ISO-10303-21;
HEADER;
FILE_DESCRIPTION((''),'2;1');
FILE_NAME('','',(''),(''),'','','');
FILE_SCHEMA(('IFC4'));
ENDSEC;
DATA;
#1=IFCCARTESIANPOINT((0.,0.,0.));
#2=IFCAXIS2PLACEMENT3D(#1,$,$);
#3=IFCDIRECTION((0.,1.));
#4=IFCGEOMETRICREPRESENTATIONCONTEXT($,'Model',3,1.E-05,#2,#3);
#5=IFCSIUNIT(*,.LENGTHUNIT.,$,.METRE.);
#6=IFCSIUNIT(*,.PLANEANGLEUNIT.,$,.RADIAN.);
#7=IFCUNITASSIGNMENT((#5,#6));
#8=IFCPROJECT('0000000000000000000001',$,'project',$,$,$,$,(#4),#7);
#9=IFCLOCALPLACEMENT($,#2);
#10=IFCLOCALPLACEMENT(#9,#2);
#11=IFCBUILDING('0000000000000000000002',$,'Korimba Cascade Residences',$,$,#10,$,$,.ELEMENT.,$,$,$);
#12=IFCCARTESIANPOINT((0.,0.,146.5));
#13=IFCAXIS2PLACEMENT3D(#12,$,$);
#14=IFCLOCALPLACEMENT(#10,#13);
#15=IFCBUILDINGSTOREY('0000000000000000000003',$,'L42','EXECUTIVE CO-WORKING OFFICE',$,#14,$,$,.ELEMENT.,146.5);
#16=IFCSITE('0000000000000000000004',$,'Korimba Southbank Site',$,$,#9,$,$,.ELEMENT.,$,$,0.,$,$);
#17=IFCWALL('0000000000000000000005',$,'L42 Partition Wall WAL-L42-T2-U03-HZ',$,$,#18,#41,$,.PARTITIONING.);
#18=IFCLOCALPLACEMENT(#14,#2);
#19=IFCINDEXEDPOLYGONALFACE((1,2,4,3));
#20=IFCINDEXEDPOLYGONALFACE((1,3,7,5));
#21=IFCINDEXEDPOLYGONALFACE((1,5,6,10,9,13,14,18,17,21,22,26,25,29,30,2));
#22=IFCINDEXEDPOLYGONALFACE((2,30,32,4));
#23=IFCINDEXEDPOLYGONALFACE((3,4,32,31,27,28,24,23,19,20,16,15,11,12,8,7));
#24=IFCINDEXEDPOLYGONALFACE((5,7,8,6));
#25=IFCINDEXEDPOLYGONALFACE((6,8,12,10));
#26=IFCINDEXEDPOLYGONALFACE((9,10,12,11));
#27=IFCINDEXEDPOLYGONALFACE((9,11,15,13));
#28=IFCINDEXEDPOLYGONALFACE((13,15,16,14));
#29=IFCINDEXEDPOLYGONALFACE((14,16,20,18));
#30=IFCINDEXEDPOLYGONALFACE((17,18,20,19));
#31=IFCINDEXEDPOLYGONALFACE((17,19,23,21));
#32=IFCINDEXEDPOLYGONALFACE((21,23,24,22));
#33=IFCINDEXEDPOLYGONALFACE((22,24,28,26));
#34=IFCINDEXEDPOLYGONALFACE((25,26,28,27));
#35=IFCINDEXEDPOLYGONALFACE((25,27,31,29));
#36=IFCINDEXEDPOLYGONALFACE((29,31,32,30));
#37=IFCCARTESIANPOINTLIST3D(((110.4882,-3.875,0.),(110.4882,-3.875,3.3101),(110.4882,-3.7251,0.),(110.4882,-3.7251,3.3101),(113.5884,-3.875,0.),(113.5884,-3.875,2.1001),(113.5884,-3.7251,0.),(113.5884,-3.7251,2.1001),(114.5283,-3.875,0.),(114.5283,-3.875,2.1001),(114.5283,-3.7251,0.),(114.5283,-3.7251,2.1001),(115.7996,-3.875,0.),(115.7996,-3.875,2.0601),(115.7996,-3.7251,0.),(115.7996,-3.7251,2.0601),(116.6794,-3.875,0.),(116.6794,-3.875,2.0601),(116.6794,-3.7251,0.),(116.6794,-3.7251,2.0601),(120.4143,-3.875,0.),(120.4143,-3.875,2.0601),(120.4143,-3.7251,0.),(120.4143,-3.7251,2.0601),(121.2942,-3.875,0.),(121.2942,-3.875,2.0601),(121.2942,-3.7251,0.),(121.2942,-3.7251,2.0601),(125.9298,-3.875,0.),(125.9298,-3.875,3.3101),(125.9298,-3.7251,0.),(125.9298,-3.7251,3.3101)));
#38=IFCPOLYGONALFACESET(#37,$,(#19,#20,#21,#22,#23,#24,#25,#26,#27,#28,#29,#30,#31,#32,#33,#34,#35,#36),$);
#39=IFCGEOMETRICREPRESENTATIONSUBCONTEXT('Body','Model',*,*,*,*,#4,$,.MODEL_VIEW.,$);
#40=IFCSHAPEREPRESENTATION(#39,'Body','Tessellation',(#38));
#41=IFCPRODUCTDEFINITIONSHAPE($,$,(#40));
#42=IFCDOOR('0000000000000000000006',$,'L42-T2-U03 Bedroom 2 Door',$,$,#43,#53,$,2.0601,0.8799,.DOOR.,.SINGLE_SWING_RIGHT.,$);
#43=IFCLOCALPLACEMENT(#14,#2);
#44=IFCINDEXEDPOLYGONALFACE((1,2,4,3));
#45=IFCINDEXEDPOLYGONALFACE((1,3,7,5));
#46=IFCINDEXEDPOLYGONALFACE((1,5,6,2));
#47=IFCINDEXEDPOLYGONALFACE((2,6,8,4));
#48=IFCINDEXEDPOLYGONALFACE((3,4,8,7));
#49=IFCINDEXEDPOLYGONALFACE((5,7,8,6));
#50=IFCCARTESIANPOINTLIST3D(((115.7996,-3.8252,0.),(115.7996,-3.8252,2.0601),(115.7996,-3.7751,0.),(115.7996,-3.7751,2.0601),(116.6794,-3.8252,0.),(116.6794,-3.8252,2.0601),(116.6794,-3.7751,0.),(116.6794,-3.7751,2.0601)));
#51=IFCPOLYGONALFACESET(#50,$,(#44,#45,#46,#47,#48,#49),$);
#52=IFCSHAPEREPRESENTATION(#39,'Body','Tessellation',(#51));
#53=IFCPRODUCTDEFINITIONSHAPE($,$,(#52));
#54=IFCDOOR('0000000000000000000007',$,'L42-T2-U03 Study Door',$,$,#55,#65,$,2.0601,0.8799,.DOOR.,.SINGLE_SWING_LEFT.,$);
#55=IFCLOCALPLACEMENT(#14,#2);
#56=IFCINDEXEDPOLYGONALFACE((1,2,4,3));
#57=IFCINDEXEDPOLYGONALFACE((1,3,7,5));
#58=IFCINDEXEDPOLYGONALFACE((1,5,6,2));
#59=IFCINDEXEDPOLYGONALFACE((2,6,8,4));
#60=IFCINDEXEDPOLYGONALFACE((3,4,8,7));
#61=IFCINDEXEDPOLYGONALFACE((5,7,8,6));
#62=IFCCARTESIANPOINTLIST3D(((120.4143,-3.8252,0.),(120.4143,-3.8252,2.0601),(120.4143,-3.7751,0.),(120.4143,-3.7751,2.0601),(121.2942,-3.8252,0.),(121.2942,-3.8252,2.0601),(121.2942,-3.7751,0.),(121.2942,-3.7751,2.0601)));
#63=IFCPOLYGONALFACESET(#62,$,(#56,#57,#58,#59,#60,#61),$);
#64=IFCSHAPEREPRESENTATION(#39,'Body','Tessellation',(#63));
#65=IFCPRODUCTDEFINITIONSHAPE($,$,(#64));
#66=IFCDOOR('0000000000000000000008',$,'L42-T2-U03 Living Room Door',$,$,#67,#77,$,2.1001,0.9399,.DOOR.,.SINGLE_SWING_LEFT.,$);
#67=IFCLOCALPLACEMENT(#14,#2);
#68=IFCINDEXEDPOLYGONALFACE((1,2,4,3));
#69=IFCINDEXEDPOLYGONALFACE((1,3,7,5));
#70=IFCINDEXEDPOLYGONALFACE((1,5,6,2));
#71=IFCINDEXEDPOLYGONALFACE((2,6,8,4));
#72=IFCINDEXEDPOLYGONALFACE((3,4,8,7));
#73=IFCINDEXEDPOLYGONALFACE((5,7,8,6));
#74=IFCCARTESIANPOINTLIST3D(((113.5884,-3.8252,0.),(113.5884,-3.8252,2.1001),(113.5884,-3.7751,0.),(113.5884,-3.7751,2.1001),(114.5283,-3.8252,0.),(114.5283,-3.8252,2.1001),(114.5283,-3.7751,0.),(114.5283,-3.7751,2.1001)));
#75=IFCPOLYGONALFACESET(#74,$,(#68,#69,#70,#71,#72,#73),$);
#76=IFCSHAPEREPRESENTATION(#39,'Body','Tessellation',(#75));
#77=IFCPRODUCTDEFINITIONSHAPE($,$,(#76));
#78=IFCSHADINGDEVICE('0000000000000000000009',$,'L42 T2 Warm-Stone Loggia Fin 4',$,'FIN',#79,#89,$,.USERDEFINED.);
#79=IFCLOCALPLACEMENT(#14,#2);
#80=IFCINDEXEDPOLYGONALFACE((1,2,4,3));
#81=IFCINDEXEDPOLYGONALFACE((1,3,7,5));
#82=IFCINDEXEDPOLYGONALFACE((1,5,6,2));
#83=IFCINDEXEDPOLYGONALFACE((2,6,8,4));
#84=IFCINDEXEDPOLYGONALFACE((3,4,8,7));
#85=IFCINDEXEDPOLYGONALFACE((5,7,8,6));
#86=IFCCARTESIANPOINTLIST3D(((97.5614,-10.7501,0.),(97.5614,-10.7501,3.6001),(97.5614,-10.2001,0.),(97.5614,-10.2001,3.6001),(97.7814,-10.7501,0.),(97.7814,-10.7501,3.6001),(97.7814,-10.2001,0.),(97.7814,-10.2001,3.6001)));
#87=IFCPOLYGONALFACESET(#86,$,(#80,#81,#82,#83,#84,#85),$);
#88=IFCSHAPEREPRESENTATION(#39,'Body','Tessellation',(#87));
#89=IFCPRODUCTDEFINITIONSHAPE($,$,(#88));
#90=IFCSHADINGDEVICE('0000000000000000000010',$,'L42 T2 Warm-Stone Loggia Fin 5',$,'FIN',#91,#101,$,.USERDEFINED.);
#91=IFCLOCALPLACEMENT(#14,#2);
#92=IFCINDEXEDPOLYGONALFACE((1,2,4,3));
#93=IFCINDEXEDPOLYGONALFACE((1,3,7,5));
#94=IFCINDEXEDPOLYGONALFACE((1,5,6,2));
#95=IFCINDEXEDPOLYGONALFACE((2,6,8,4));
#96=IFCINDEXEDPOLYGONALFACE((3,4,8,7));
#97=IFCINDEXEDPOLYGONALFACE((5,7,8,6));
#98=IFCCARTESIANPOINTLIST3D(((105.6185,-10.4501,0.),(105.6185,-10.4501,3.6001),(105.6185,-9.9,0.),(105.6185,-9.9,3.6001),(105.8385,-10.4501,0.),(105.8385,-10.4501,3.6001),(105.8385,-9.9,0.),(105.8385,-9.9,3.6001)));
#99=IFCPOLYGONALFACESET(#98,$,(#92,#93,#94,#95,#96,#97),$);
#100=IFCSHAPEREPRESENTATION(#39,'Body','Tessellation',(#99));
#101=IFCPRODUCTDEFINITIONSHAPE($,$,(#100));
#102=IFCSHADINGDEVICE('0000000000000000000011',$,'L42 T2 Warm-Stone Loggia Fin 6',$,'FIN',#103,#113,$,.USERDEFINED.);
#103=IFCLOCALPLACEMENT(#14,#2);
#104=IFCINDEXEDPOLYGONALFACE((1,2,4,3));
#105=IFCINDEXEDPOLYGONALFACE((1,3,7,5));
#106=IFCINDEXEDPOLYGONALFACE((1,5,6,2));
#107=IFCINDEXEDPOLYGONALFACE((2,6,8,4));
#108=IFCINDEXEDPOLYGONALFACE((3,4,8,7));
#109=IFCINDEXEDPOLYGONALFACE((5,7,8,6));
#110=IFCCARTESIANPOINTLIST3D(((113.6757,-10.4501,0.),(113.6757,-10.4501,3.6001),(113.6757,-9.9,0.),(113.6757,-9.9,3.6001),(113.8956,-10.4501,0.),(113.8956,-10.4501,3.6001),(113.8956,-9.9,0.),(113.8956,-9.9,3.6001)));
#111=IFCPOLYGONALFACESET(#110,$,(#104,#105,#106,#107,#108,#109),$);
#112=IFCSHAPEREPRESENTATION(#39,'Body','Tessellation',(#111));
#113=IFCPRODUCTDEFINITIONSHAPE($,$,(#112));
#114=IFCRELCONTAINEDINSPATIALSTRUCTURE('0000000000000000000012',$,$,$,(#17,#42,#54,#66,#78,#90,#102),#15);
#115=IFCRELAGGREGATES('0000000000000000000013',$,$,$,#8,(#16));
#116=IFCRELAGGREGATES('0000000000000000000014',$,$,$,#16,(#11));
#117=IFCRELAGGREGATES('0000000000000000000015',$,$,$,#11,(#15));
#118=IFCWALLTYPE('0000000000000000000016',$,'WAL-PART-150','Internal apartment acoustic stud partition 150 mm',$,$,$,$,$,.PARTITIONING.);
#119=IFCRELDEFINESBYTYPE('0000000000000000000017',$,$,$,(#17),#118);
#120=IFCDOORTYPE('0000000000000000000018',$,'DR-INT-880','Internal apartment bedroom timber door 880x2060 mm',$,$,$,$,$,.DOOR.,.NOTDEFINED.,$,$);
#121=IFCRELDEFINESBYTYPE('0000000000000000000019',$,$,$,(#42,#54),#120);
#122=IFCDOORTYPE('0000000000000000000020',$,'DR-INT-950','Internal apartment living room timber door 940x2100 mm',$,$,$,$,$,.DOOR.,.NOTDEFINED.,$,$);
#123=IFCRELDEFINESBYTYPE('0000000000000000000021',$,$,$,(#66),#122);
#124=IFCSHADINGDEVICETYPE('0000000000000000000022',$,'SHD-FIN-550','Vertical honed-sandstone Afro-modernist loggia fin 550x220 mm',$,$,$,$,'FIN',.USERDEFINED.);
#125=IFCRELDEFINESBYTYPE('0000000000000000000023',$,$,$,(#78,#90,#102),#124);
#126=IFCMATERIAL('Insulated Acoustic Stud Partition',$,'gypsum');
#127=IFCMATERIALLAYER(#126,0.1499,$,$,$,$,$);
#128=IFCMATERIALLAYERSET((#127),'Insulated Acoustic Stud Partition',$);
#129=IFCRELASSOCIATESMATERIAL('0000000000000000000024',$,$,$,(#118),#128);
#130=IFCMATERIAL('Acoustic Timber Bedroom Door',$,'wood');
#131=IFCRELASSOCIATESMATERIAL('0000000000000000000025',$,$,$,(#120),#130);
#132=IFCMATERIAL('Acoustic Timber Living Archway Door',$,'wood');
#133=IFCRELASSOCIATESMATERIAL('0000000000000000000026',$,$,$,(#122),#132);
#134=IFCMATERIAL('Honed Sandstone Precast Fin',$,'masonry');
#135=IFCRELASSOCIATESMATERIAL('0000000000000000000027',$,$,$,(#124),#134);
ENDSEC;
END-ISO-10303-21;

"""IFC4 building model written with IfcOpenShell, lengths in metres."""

from ifc_helpers import new_model, si_unit, direction, frame, frame_2d, origin, origin_2d, place, context, subcontext, project, spatial, rectangle, extrude, material, layer, layer_set, type_object, element, fill, save


model = new_model("IFC4")

# Units and contexts
model_context = context("Model", 3, precision=1e-05, world=origin(), true_north=direction((0.0, 1.0)))
body_context = subcontext(model_context, "Body", "Model", "MODEL_VIEW")
ifc_project = project(units=[si_unit("LENGTHUNIT", "METRE"), si_unit("PLANEANGLEUNIT", "RADIAN")], contexts=[model_context])

# Site, building, storey
site_placement = place(None, origin())
site = spatial("IfcSite", under=ifc_project, at=site_placement, Name="Korimba Southbank Site", CompositionType="ELEMENT", RefElevation=0.0)
building_placement = place(site_placement, origin())
building = spatial("IfcBuilding", under=site, at=building_placement, Name="Korimba Cascade Residences", CompositionType="ELEMENT")
storey_placement = place(building_placement, frame((0.0, 0.0, 146.5)))
storey = spatial("IfcBuildingStorey", under=building, at=storey_placement, Name="L42", Description="EXECUTIVE CO-WORKING OFFICE", CompositionType="ELEMENT", Elevation=146.5)

# Shared definitions
ifc_material_1 = material(Name="Insulated Acoustic Stud Partition", Category="gypsum")
ifc_layer_1 = layer(ifc_material_1, 0.1499)
ifc_layer_set_1 = layer_set([ifc_layer_1], Name="Insulated Acoustic Stud Partition")
wall_type_1 = type_object("IfcWallType", Name="WAL-PART-150", Description="Internal apartment acoustic stud partition 150 mm", PredefinedType="PARTITIONING", material=ifc_layer_set_1)
ifc_material_2 = material(Name="Acoustic Timber Bedroom Door", Category="wood")
door_type_1 = type_object("IfcDoorType", Name="DR-INT-880", Description="Internal apartment bedroom timber door 880x2060 mm", OperationType="NOTDEFINED", PredefinedType="DOOR", material=ifc_material_2)

# Wall, openings, doors
wall_1_placement = place(storey_placement, frame((110.4883, -3.8, 0.0), z_axis=(0.0, 0.0, 1.0), x_axis=(1.0, 0.0, 0.0)))
wall_1 = element("IfcWall", 1, at=wall_1_placement, inside=storey, type_object=wall_type_1, Name="L42 Partition Wall WAL-L42-T2-U03-HZ", PredefinedType="PARTITIONING", context=body_context, shape_type="SweptSolid", body=[
    extrude(rectangle(XDim=15.4417, YDim=0.1499, at=frame_2d((7.7207, 0.0))), origin(), (0.0, 0.0, 1.0), 3.3101),
])
opening_1_placement = place(wall_1_placement, frame((3.1001, 0.0, 0.0)))
opening_1 = element("IfcOpeningElement", 2, at=opening_1_placement, cuts=wall_1, PredefinedType="OPENING", context=body_context, shape_type="SweptSolid", body=[
    extrude(rectangle(XDim=0.9399, YDim=2.1001, at=frame_2d((0.47, 1.05))), frame((0.0, 0.085, 0.0), z_axis=(0.0, -1.0, 0.0), x_axis=(1.0, 0.0, 0.0)), (0.0, 0.0, 1.0), 0.1699),
])
opening_2_placement = place(wall_1_placement, frame((5.3113, 0.0, 0.0)))
opening_2 = element("IfcOpeningElement", 3, at=opening_2_placement, cuts=wall_1, PredefinedType="OPENING", context=body_context, shape_type="SweptSolid", body=[
    extrude(rectangle(XDim=0.8799, YDim=2.0601, at=frame_2d((0.4399, 1.03))), frame((0.0, 0.085, 0.0), z_axis=(0.0, -1.0, 0.0), x_axis=(1.0, 0.0, 0.0)), (0.0, 0.0, 1.0), 0.1699),
])
opening_3_placement = place(wall_1_placement, frame((9.926, 0.0, 0.0)))
opening_3 = element("IfcOpeningElement", 4, at=opening_3_placement, cuts=wall_1, PredefinedType="OPENING", context=body_context, shape_type="SweptSolid", body=[
    extrude(rectangle(XDim=0.8799, YDim=2.0601, at=frame_2d((0.4399, 1.03))), frame((0.0, 0.085, 0.0), z_axis=(0.0, -1.0, 0.0), x_axis=(1.0, 0.0, 0.0)), (0.0, 0.0, 1.0), 0.1699),
])
door_1_placement = place(opening_2_placement, origin())
door_1 = element("IfcDoor", 5, at=door_1_placement, inside=storey, type_object=door_type_1, Name="L42-T2-U03 Bedroom 2 Door", OperationType="SINGLE_SWING_RIGHT", OverallHeight=2.0601, OverallWidth=0.8799, PredefinedType="DOOR", context=body_context, shape_type="SweptSolid", body=[
    extrude(rectangle(XDim=0.8799, YDim=2.0601, at=frame_2d((0.4399, 1.03))), frame((0.0, 0.0249, 0.0), z_axis=(0.0, -1.0, 0.0), x_axis=(1.0, 0.0, 0.0)), (0.0, 0.0, 1.0), 0.05),
])
fill(opening_2, door_1)
door_2_placement = place(opening_3_placement, origin())
door_2 = element("IfcDoor", 6, at=door_2_placement, inside=storey, type_object=door_type_1, Name="L42-T2-U03 Study Door", OperationType="SINGLE_SWING_LEFT", OverallHeight=2.0601, OverallWidth=0.8799, PredefinedType="DOOR", context=body_context, shape_type="SweptSolid", body=[
    extrude(rectangle(XDim=0.8799, YDim=2.0601, at=frame_2d((0.4399, 1.03))), frame((0.0, 0.0249, 0.0), z_axis=(0.0, -1.0, 0.0), x_axis=(1.0, 0.0, 0.0)), (0.0, 0.0, 1.0), 0.05),
])
fill(opening_3, door_2)
ifc_material_3 = material(Name="Acoustic Timber Living Archway Door", Category="wood")
door_type_2 = type_object("IfcDoorType", Name="DR-INT-950", Description="Internal apartment living room timber door 940x2100 mm", OperationType="NOTDEFINED", PredefinedType="DOOR", material=ifc_material_3)
door_3_placement = place(opening_1_placement, origin())
door_3 = element("IfcDoor", 7, at=door_3_placement, inside=storey, type_object=door_type_2, Name="L42-T2-U03 Living Room Door", OperationType="SINGLE_SWING_LEFT", OverallHeight=2.1001, OverallWidth=0.9399, PredefinedType="DOOR", context=body_context, shape_type="SweptSolid", body=[
    extrude(rectangle(XDim=0.9399, YDim=2.1001, at=frame_2d((0.47, 1.05))), frame((0.0, 0.0249, 0.0), z_axis=(0.0, -1.0, 0.0), x_axis=(1.0, 0.0, 0.0)), (0.0, 0.0, 1.0), 0.05),
])
fill(opening_1, door_3)

# Shading devices
ifc_material_4 = material(Name="Honed Sandstone Precast Fin", Category="masonry")
shading_device_type = type_object("IfcShadingDeviceType", Name="SHD-FIN-550", Description="Vertical honed-sandstone Afro-modernist loggia fin 550x220 mm", ElementType="FIN", PredefinedType="USERDEFINED", material=ifc_material_4)
for number, where, z_axis, x_axis, name in (
    (8, (97.6714, -10.4751, 0.0), (0.0, 0.0, 1.0), (1.0, 0.0, 0.0), "L42 T2 Warm-Stone Loggia Fin 4"),
    (9, (105.7285, -10.175, 0.0), (0.0, 0.0, 1.0), (1.0, 0.0, 0.0), "L42 T2 Warm-Stone Loggia Fin 5"),
    (10, (113.7856, -10.175, 0.0), (0.0, 0.0, 1.0), (1.0, 0.0, 0.0), "L42 T2 Warm-Stone Loggia Fin 6"),
):
    element("IfcShadingDevice", number, at=place(storey_placement, frame(where, z_axis=z_axis, x_axis=x_axis)), inside=storey, type_object=shading_device_type, Name=name, ObjectType="FIN", PredefinedType="USERDEFINED", context=body_context, shape_type="SweptSolid", body=[
        extrude(rectangle(XDim=0.22, YDim=0.55, at=origin_2d()), origin(), (0.0, 0.0, 1.0), 3.6001),
    ])

save(model, "model.ifc")
